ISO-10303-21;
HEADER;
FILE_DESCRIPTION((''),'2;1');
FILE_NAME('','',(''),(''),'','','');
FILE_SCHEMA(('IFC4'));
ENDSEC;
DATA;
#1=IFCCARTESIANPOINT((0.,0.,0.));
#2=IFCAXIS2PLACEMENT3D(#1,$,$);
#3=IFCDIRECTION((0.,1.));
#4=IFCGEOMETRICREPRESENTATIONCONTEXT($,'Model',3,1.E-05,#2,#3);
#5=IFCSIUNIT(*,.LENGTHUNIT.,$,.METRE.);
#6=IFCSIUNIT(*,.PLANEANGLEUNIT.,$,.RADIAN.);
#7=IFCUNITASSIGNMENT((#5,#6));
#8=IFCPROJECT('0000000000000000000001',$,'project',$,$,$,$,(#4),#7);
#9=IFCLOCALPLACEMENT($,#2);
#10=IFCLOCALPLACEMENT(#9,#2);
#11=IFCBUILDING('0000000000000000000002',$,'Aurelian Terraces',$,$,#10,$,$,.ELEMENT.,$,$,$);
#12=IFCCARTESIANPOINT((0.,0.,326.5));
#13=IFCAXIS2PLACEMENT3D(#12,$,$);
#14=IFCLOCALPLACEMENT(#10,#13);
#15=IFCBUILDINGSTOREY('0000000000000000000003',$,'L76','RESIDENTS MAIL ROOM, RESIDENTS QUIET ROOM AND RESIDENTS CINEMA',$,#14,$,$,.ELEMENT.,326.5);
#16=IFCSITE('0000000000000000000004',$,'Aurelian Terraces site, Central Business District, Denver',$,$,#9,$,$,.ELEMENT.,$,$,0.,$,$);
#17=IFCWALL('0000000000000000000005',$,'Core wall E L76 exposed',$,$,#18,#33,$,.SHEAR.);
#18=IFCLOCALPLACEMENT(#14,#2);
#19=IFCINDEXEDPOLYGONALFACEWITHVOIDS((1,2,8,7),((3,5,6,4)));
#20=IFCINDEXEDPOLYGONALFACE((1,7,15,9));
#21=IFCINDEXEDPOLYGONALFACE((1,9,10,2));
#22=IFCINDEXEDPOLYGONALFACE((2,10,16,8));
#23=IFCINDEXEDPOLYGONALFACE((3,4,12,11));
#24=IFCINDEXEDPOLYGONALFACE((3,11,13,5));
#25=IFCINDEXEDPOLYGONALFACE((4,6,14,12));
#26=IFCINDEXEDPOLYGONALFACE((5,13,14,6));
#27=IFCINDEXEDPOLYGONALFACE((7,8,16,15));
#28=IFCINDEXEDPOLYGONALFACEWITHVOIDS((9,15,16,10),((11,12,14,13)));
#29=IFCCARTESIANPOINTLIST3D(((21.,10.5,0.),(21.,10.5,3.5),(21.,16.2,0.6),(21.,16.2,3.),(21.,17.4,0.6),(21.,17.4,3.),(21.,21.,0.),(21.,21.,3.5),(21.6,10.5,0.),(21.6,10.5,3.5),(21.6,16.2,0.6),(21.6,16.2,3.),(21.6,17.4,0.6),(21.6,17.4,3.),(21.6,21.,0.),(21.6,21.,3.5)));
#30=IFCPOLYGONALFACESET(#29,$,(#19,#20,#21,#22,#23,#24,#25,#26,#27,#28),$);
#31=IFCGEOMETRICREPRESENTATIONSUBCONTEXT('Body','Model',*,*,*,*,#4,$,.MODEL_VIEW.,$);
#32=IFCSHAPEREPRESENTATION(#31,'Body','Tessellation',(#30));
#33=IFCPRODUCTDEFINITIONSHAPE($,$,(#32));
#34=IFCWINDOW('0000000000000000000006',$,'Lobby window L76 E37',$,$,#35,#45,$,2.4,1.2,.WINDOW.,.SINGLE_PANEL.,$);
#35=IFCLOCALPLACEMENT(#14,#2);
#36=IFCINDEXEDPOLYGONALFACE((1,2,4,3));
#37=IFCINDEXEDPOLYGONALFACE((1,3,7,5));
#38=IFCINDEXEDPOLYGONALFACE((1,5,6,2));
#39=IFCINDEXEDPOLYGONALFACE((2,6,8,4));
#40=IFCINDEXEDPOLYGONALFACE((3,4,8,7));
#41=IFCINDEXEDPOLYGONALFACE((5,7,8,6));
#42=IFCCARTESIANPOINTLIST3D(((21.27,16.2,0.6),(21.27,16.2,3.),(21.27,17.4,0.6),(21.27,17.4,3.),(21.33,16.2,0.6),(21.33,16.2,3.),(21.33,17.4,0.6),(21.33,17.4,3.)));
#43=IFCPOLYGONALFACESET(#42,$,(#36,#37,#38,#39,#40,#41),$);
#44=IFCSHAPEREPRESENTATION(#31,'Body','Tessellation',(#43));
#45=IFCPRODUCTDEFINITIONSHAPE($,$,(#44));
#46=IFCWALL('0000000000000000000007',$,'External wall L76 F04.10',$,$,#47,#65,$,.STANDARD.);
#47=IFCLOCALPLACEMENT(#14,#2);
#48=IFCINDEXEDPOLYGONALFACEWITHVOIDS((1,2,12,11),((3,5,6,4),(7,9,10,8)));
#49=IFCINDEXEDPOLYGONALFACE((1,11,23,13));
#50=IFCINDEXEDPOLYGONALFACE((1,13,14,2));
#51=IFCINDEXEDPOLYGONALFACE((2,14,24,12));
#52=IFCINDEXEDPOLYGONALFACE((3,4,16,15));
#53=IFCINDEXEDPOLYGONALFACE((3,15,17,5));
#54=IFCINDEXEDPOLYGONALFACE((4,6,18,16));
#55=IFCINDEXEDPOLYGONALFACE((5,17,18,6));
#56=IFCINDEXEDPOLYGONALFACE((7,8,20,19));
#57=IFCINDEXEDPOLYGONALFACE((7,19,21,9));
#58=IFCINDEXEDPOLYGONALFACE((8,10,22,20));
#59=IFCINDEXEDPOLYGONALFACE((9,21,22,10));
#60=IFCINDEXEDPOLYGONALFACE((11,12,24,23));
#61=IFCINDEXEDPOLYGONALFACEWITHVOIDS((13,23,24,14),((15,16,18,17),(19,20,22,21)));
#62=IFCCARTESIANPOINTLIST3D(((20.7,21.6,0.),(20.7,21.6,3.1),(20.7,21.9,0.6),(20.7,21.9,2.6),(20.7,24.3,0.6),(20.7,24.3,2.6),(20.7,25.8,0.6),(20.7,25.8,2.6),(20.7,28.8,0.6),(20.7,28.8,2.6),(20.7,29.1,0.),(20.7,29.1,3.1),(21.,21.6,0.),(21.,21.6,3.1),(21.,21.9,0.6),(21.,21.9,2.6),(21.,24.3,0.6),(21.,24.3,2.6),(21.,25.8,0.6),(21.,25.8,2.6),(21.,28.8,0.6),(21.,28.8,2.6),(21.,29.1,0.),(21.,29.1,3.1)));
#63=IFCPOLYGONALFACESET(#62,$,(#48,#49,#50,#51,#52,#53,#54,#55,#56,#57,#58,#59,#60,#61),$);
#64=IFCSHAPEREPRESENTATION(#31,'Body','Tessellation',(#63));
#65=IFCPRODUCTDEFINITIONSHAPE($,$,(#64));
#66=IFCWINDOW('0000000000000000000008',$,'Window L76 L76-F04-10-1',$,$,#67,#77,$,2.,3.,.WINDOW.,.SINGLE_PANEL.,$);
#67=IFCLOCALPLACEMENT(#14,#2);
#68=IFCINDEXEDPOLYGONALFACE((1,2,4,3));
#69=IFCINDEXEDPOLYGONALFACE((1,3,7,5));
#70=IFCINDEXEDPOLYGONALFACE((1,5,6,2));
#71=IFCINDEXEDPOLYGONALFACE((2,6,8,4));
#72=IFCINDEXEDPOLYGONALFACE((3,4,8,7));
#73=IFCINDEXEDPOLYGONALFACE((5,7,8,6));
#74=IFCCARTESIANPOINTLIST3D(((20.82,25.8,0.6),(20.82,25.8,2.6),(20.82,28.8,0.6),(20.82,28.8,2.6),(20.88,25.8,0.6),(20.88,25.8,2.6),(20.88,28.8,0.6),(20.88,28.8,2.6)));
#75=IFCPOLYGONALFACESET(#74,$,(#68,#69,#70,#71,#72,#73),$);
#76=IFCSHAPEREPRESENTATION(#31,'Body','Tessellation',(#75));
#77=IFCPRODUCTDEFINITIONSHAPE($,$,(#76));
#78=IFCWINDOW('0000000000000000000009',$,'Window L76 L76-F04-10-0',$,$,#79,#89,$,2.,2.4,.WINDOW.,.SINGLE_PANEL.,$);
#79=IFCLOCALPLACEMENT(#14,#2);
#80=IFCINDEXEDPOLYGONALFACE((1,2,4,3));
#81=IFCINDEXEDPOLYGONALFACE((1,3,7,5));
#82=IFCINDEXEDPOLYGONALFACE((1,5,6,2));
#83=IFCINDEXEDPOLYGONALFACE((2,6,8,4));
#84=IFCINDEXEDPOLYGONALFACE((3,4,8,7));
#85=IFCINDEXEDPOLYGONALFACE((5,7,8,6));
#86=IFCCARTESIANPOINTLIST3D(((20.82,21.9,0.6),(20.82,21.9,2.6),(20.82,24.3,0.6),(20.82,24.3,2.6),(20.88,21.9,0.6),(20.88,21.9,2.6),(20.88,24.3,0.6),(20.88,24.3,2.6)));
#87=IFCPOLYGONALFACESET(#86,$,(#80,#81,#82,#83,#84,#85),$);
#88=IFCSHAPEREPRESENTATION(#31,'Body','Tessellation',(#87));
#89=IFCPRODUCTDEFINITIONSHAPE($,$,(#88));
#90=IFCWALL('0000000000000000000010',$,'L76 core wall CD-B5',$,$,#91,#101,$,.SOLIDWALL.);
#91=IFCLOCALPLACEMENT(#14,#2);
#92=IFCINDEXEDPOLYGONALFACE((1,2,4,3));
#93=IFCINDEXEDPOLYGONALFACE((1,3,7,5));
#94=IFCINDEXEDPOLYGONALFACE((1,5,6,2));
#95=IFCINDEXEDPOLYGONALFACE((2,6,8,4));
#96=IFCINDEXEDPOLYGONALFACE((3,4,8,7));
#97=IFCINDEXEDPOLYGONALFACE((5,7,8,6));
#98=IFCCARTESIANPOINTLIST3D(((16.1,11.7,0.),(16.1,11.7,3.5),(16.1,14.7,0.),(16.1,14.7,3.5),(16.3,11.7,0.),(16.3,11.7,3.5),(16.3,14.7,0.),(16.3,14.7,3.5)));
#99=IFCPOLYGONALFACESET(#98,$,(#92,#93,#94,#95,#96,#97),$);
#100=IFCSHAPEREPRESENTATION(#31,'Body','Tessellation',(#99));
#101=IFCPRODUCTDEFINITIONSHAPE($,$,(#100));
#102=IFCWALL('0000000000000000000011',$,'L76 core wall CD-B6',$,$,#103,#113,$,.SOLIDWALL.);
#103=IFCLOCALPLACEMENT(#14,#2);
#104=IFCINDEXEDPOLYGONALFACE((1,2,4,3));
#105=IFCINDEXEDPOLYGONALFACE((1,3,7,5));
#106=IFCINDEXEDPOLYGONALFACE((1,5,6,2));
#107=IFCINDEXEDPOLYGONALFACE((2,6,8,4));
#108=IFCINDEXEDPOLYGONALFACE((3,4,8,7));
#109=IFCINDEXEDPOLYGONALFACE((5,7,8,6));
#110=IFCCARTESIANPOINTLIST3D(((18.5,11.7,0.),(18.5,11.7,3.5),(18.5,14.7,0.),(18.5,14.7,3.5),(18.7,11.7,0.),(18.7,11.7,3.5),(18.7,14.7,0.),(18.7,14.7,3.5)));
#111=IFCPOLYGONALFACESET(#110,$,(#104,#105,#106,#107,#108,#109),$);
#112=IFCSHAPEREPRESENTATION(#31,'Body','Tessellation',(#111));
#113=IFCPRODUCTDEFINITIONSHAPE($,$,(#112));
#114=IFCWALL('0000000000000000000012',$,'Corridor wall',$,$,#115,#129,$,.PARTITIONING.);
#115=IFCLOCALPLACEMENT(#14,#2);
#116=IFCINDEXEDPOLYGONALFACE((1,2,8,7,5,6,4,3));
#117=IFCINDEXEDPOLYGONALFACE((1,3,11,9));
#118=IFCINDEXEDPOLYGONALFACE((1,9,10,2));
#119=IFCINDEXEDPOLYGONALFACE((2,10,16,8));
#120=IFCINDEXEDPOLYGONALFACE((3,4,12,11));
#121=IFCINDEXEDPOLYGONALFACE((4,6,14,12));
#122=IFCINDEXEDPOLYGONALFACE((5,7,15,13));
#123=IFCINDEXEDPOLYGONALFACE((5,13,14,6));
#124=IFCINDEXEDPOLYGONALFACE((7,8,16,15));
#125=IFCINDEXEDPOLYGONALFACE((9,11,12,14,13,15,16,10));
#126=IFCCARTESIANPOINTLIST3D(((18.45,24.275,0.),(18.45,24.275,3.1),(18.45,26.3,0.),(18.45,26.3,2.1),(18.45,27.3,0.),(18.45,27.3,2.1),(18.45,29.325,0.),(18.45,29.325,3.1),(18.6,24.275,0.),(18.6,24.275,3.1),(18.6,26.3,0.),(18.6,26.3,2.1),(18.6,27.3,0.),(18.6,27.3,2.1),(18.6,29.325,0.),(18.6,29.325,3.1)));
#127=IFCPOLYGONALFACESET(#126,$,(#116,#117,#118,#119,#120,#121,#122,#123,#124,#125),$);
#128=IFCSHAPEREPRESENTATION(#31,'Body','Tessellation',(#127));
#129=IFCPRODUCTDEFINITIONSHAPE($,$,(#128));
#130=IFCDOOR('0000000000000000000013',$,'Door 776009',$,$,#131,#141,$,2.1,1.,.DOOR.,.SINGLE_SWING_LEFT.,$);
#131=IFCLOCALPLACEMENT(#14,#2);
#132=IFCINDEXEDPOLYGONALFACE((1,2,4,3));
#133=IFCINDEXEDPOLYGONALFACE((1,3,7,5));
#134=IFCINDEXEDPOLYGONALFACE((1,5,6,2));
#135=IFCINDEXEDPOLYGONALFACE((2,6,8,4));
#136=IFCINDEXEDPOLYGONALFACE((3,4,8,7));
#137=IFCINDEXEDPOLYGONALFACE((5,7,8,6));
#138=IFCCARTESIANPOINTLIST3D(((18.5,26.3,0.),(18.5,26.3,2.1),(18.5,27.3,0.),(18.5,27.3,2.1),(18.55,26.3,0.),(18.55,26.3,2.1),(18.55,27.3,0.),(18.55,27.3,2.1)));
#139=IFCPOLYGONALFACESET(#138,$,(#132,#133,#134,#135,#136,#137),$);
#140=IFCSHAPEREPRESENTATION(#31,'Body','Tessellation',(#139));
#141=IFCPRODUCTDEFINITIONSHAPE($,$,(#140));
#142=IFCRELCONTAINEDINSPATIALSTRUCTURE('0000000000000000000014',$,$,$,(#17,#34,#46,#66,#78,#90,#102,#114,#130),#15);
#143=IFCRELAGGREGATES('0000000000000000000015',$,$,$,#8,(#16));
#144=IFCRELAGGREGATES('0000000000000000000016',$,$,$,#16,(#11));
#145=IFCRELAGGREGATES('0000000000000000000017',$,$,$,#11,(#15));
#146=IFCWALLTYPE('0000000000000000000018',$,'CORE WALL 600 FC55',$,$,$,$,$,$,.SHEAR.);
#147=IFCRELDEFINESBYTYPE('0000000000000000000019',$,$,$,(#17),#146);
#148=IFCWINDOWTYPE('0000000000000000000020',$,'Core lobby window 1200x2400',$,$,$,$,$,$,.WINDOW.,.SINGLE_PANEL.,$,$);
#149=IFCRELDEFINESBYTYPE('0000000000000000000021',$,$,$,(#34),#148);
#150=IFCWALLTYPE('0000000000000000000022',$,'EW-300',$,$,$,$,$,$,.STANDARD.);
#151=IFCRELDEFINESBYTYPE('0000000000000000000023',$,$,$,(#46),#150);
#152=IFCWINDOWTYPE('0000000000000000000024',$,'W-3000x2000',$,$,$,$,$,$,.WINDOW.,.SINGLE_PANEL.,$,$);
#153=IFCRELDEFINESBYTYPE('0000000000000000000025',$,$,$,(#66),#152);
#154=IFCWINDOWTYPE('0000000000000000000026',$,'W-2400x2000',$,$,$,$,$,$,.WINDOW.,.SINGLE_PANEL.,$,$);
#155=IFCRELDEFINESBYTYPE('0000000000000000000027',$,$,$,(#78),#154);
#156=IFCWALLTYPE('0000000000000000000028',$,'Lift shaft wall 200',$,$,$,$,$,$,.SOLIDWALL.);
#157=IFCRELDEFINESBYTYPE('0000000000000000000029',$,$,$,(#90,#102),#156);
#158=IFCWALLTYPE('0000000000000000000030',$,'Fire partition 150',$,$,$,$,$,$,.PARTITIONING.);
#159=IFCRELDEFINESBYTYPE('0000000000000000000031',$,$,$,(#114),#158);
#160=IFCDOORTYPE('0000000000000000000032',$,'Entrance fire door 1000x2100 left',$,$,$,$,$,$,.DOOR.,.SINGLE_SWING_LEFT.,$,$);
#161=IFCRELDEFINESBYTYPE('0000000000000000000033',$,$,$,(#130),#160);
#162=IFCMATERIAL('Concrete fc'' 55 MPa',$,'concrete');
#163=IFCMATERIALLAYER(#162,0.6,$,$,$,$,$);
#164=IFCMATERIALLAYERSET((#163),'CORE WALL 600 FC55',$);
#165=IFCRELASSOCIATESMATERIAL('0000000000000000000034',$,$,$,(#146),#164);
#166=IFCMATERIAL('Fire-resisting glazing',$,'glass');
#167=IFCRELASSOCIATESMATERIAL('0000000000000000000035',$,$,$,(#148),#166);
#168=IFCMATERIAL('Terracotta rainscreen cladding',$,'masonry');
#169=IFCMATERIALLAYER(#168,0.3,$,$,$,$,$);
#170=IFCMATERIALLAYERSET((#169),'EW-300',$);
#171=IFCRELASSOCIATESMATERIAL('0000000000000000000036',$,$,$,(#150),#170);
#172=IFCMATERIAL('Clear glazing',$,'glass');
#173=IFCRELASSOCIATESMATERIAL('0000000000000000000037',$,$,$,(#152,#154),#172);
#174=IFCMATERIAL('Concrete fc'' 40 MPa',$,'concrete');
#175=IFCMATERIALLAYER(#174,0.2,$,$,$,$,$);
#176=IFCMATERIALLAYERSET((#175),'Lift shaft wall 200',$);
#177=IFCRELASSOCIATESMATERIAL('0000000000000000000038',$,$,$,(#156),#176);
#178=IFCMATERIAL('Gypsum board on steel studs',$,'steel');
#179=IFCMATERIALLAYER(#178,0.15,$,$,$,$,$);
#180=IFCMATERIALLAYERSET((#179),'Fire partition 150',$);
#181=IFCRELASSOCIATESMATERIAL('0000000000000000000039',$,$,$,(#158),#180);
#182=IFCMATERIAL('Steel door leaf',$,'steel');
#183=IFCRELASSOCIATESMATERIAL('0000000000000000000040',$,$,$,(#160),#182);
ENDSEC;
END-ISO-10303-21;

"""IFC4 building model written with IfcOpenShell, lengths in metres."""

from ifc_helpers import new_model, si_unit, direction, frame, frame_2d, origin, place, context, subcontext, project, spatial, rectangle, extrude, source, transform, mapped, material, layer, layer_set, type_object, element, fill, save


model = new_model("IFC4")

# Units and contexts
model_context = context("Model", 3, precision=1e-05, world=origin(), true_north=direction((0.0, 1.0)))
body_context = subcontext(model_context, "Body", "Model", "MODEL_VIEW")
ifc_project = project(units=[si_unit("LENGTHUNIT", "METRE"), si_unit("PLANEANGLEUNIT", "RADIAN")], contexts=[model_context])

# Site, building, storey
site_placement = place(None, origin())
site = spatial("IfcSite", under=ifc_project, at=site_placement, Name="Aurelian Terraces site, Central Business District, Denver", CompositionType="ELEMENT", RefElevation=0.0)
building_placement = place(site_placement, origin())
building = spatial("IfcBuilding", under=site, at=building_placement, Name="Aurelian Terraces", CompositionType="ELEMENT")
storey_placement = place(building_placement, frame((0.0, 0.0, 326.5)))
storey = spatial("IfcBuildingStorey", under=building, at=storey_placement, Name="L76", Description="RESIDENTS MAIL ROOM, RESIDENTS QUIET ROOM AND RESIDENTS CINEMA", CompositionType="ELEMENT", Elevation=326.5)

# Wall, opening, window
ifc_material_1 = material(Name="Concrete fc' 55 MPa", Category="concrete")
ifc_layer_1 = layer(ifc_material_1, 0.6)
ifc_layer_set_1 = layer_set([ifc_layer_1], Name="CORE WALL 600 FC55")
wall_type_1 = type_object("IfcWallType", Name="CORE WALL 600 FC55", PredefinedType="SHEAR", material=ifc_layer_set_1)
shared_shape_1 = source(origin(), body_context, "Body", "SweptSolid", [
    extrude(rectangle(XDim=10.5, YDim=0.6, at=frame_2d((5.25, 0.0))), origin(), (0.0, 0.0, 1.0), 3.5),
])
wall_1_placement = place(storey_placement, frame((21.3, 10.5, 0.0), z_axis=(0.0, 0.0, 1.0), x_axis=(0.0, 1.0, 0.0)))
wall_1 = element("IfcWall", 1, at=wall_1_placement, inside=storey, type_object=wall_type_1, Name="Core wall E L76 exposed", PredefinedType="SHEAR", context=body_context, shape_type="MappedRepresentation", body=[
    mapped(shared_shape_1, transform((0.0, 0.0, 0.0), scale=1.0)),
])
shared_shape_2 = source(origin(), body_context, "Body", "SweptSolid", [
    extrude(rectangle(XDim=1.2, YDim=2.4, at=frame_2d((0.6, 1.2))), frame((0.0, 0.31, 0.0), z_axis=(0.0, -1.0, 0.0), x_axis=(1.0, 0.0, 0.0)), (0.0, 0.0, 1.0), 0.62),
])
opening_1_placement = place(wall_1_placement, frame((5.7, 0.0, 0.6)))
opening_1 = element("IfcOpeningElement", 2, at=opening_1_placement, cuts=wall_1, PredefinedType="OPENING", context=body_context, shape_type="MappedRepresentation", body=[
    mapped(shared_shape_2, transform((0.0, 0.0, 0.0), scale=1.0)),
])
ifc_material_2 = material(Name="Fire-resisting glazing", Category="glass")
window_type_1 = type_object("IfcWindowType", Name="Core lobby window 1200x2400", PartitioningType="SINGLE_PANEL", PredefinedType="WINDOW", material=ifc_material_2)
shared_shape_3 = source(origin(), body_context, "Body", "SweptSolid", [
    extrude(rectangle(XDim=1.2, YDim=2.4, at=frame_2d((0.6, 1.2))), frame((0.0, 0.03, 0.0), z_axis=(0.0, -1.0, 0.0), x_axis=(1.0, 0.0, 0.0)), (0.0, 0.0, 1.0), 0.06),
])
window_1_placement = place(opening_1_placement, origin())
window_1 = element("IfcWindow", 3, at=window_1_placement, inside=storey, type_object=window_type_1, Name="Lobby window L76 E37", OverallHeight=2.4, OverallWidth=1.2, PartitioningType="SINGLE_PANEL", PredefinedType="WINDOW", context=body_context, shape_type="MappedRepresentation", body=[
    mapped(shared_shape_3, transform((0.0, 0.0, 0.0), scale=1.0)),
])
fill(opening_1, window_1)

# Wall, openings, windows
ifc_material_3 = material(Name="Terracotta rainscreen cladding", Category="masonry")
ifc_layer_2 = layer(ifc_material_3, 0.3)
ifc_layer_set_2 = layer_set([ifc_layer_2], Name="EW-300")
wall_type_2 = type_object("IfcWallType", Name="EW-300", PredefinedType="STANDARD", material=ifc_layer_set_2)
shared_shape_4 = source(origin(), body_context, "Body", "SweptSolid", [
    extrude(rectangle(XDim=7.5, YDim=0.3, at=frame_2d((3.75, 0.0))), origin(), (0.0, 0.0, 1.0), 3.1),
])
wall_2_placement = place(storey_placement, frame((20.85, 21.6, 0.0), z_axis=(0.0, 0.0, 1.0), x_axis=(0.0, 1.0, 0.0)))
wall_2 = element("IfcWall", 4, at=wall_2_placement, inside=storey, type_object=wall_type_2, Name="External wall L76 F04.10", PredefinedType="STANDARD", context=body_context, shape_type="MappedRepresentation", body=[
    mapped(shared_shape_4, transform((0.0, 0.0, 0.0), scale=1.0)),
])
shared_shape_5 = source(origin(), body_context, "Body", "SweptSolid", [
    extrude(rectangle(XDim=2.4, YDim=2.0, at=frame_2d((1.2, 1.0))), frame((0.0, 0.16, 0.0), z_axis=(0.0, -1.0, 0.0), x_axis=(1.0, 0.0, 0.0)), (0.0, 0.0, 1.0), 0.32),
])
opening_2_placement = place(wall_2_placement, frame((0.3, 0.0, 0.6)))
opening_2 = element("IfcOpeningElement", 5, at=opening_2_placement, cuts=wall_2, PredefinedType="OPENING", context=body_context, shape_type="MappedRepresentation", body=[
    mapped(shared_shape_5, transform((0.0, 0.0, 0.0), scale=1.0)),
])
shared_shape_6 = source(origin(), body_context, "Body", "SweptSolid", [
    extrude(rectangle(XDim=3.0, YDim=2.0, at=frame_2d((1.5, 1.0))), frame((0.0, 0.16, 0.0), z_axis=(0.0, -1.0, 0.0), x_axis=(1.0, 0.0, 0.0)), (0.0, 0.0, 1.0), 0.32),
])
opening_3_placement = place(wall_2_placement, frame((4.2, 0.0, 0.6)))
opening_3 = element("IfcOpeningElement", 6, at=opening_3_placement, cuts=wall_2, PredefinedType="OPENING", context=body_context, shape_type="MappedRepresentation", body=[
    mapped(shared_shape_6, transform((0.0, 0.0, 0.0), scale=1.0)),
])
ifc_material_4 = material(Name="Clear glazing", Category="glass")
window_type_2 = type_object("IfcWindowType", Name="W-3000x2000", PartitioningType="SINGLE_PANEL", PredefinedType="WINDOW", material=ifc_material_4)
shared_shape_7 = source(origin(), body_context, "Body", "SweptSolid", [
    extrude(rectangle(XDim=3.0, YDim=2.0, at=frame_2d((1.5, 1.0))), frame((0.0, 0.03, 0.0), z_axis=(0.0, -1.0, 0.0), x_axis=(1.0, 0.0, 0.0)), (0.0, 0.0, 1.0), 0.06),
])
window_2_placement = place(opening_3_placement, origin())
window_2 = element("IfcWindow", 7, at=window_2_placement, inside=storey, type_object=window_type_2, Name="Window L76 L76-F04-10-1", OverallHeight=2.0, OverallWidth=3.0, PartitioningType="SINGLE_PANEL", PredefinedType="WINDOW", context=body_context, shape_type="MappedRepresentation", body=[
    mapped(shared_shape_7, transform((0.0, 0.0, 0.0), scale=1.0)),
])
fill(opening_3, window_2)
window_type_3 = type_object("IfcWindowType", Name="W-2400x2000", PartitioningType="SINGLE_PANEL", PredefinedType="WINDOW", material=ifc_material_4)
shared_shape_8 = source(origin(), body_context, "Body", "SweptSolid", [
    extrude(rectangle(XDim=2.4, YDim=2.0, at=frame_2d((1.2, 1.0))), frame((0.0, 0.03, 0.0), z_axis=(0.0, -1.0, 0.0), x_axis=(1.0, 0.0, 0.0)), (0.0, 0.0, 1.0), 0.06),
])
window_3_placement = place(opening_2_placement, origin())
window_3 = element("IfcWindow", 8, at=window_3_placement, inside=storey, type_object=window_type_3, Name="Window L76 L76-F04-10-0", OverallHeight=2.0, OverallWidth=2.4, PartitioningType="SINGLE_PANEL", PredefinedType="WINDOW", context=body_context, shape_type="MappedRepresentation", body=[
    mapped(shared_shape_8, transform((0.0, 0.0, 0.0), scale=1.0)),
])
fill(opening_2, window_3)

# Walls
ifc_material_5 = material(Name="Concrete fc' 40 MPa", Category="concrete")
ifc_layer_3 = layer(ifc_material_5, 0.2)
ifc_layer_set_3 = layer_set([ifc_layer_3], Name="Lift shaft wall 200")
wall_type_3 = type_object("IfcWallType", Name="Lift shaft wall 200", PredefinedType="SOLIDWALL", material=ifc_layer_set_3)
shared_shape_9 = source(origin(), body_context, "Body", "SweptSolid", [
    extrude(rectangle(XDim=3.0, YDim=0.2, at=frame_2d((1.5, 0.0))), origin(), (0.0, 0.0, 1.0), 3.5),
])
for number, where, z_axis, x_axis, name in (
    (9, (16.2, 11.7, 0.0), (0.0, 0.0, 1.0), (0.0, 1.0, 0.0), "L76 core wall CD-B5"),
    (10, (18.6, 11.7, 0.0), (0.0, 0.0, 1.0), (0.0, 1.0, 0.0), "L76 core wall CD-B6"),
):
    element("IfcWall", number, at=place(storey_placement, frame(where, z_axis=z_axis, x_axis=x_axis)), inside=storey, type_object=wall_type_3, Name=name, PredefinedType="SOLIDWALL", context=body_context, shape_type="MappedRepresentation", body=[
        mapped(shared_shape_9, transform((0.0, 0.0, 0.0), scale=1.0)),
    ])

# Wall, opening, door
ifc_material_6 = material(Name="Gypsum board on steel studs", Category="steel")
ifc_layer_4 = layer(ifc_material_6, 0.15)
ifc_layer_set_4 = layer_set([ifc_layer_4], Name="Fire partition 150")
wall_type_4 = type_object("IfcWallType", Name="Fire partition 150", PredefinedType="PARTITIONING", material=ifc_layer_set_4)
shared_shape_10 = source(origin(), body_context, "Body", "SweptSolid", [
    extrude(rectangle(XDim=5.05, YDim=0.15, at=frame_2d((2.525, 0.0))), origin(), (0.0, 0.0, 1.0), 3.1),
])
wall_3_placement = place(storey_placement, frame((18.525, 24.275, 0.0), z_axis=(0.0, 0.0, 1.0), x_axis=(0.0, 1.0, 0.0)))
wall_3 = element("IfcWall", 11, at=wall_3_placement, inside=storey, type_object=wall_type_4, Name="Corridor wall", PredefinedType="PARTITIONING", context=body_context, shape_type="MappedRepresentation", body=[
    mapped(shared_shape_10, transform((0.0, 0.0, 0.0), scale=1.0)),
])
shared_shape_11 = source(origin(), body_context, "Body", "SweptSolid", [
    extrude(rectangle(XDim=1.0, YDim=2.1, at=frame_2d((0.5, 1.05))), frame((0.0, 0.085, 0.0), z_axis=(0.0, -1.0, 0.0), x_axis=(1.0, 0.0, 0.0)), (0.0, 0.0, 1.0), 0.17),
])
opening_4_placement = place(wall_3_placement, frame((2.025, 0.0, 0.0)))
opening_4 = element("IfcOpeningElement", 12, at=opening_4_placement, cuts=wall_3, PredefinedType="OPENING", context=body_context, shape_type="MappedRepresentation", body=[
    mapped(shared_shape_11, transform((0.0, 0.0, 0.0), scale=1.0)),
])
ifc_material_7 = material(Name="Steel door leaf", Category="steel")
door_type = type_object("IfcDoorType", Name="Entrance fire door 1000x2100 left", OperationType="SINGLE_SWING_LEFT", PredefinedType="DOOR", material=ifc_material_7)
shared_shape_12 = source(origin(), body_context, "Body", "SweptSolid", [
    extrude(rectangle(XDim=1.0, YDim=2.1, at=frame_2d((0.5, 1.05))), frame((0.0, 0.025, 0.0), z_axis=(0.0, -1.0, 0.0), x_axis=(1.0, 0.0, 0.0)), (0.0, 0.0, 1.0), 0.05),
])
door_placement = place(opening_4_placement, origin())
door = element("IfcDoor", 13, at=door_placement, inside=storey, type_object=door_type, Name="Door 776009", OperationType="SINGLE_SWING_LEFT", OverallHeight=2.1, OverallWidth=1.0, PredefinedType="DOOR", context=body_context, shape_type="MappedRepresentation", body=[
    mapped(shared_shape_12, transform((0.0, 0.0, 0.0), scale=1.0)),
])
fill(opening_4, door)

save(model, "model.ifc")
